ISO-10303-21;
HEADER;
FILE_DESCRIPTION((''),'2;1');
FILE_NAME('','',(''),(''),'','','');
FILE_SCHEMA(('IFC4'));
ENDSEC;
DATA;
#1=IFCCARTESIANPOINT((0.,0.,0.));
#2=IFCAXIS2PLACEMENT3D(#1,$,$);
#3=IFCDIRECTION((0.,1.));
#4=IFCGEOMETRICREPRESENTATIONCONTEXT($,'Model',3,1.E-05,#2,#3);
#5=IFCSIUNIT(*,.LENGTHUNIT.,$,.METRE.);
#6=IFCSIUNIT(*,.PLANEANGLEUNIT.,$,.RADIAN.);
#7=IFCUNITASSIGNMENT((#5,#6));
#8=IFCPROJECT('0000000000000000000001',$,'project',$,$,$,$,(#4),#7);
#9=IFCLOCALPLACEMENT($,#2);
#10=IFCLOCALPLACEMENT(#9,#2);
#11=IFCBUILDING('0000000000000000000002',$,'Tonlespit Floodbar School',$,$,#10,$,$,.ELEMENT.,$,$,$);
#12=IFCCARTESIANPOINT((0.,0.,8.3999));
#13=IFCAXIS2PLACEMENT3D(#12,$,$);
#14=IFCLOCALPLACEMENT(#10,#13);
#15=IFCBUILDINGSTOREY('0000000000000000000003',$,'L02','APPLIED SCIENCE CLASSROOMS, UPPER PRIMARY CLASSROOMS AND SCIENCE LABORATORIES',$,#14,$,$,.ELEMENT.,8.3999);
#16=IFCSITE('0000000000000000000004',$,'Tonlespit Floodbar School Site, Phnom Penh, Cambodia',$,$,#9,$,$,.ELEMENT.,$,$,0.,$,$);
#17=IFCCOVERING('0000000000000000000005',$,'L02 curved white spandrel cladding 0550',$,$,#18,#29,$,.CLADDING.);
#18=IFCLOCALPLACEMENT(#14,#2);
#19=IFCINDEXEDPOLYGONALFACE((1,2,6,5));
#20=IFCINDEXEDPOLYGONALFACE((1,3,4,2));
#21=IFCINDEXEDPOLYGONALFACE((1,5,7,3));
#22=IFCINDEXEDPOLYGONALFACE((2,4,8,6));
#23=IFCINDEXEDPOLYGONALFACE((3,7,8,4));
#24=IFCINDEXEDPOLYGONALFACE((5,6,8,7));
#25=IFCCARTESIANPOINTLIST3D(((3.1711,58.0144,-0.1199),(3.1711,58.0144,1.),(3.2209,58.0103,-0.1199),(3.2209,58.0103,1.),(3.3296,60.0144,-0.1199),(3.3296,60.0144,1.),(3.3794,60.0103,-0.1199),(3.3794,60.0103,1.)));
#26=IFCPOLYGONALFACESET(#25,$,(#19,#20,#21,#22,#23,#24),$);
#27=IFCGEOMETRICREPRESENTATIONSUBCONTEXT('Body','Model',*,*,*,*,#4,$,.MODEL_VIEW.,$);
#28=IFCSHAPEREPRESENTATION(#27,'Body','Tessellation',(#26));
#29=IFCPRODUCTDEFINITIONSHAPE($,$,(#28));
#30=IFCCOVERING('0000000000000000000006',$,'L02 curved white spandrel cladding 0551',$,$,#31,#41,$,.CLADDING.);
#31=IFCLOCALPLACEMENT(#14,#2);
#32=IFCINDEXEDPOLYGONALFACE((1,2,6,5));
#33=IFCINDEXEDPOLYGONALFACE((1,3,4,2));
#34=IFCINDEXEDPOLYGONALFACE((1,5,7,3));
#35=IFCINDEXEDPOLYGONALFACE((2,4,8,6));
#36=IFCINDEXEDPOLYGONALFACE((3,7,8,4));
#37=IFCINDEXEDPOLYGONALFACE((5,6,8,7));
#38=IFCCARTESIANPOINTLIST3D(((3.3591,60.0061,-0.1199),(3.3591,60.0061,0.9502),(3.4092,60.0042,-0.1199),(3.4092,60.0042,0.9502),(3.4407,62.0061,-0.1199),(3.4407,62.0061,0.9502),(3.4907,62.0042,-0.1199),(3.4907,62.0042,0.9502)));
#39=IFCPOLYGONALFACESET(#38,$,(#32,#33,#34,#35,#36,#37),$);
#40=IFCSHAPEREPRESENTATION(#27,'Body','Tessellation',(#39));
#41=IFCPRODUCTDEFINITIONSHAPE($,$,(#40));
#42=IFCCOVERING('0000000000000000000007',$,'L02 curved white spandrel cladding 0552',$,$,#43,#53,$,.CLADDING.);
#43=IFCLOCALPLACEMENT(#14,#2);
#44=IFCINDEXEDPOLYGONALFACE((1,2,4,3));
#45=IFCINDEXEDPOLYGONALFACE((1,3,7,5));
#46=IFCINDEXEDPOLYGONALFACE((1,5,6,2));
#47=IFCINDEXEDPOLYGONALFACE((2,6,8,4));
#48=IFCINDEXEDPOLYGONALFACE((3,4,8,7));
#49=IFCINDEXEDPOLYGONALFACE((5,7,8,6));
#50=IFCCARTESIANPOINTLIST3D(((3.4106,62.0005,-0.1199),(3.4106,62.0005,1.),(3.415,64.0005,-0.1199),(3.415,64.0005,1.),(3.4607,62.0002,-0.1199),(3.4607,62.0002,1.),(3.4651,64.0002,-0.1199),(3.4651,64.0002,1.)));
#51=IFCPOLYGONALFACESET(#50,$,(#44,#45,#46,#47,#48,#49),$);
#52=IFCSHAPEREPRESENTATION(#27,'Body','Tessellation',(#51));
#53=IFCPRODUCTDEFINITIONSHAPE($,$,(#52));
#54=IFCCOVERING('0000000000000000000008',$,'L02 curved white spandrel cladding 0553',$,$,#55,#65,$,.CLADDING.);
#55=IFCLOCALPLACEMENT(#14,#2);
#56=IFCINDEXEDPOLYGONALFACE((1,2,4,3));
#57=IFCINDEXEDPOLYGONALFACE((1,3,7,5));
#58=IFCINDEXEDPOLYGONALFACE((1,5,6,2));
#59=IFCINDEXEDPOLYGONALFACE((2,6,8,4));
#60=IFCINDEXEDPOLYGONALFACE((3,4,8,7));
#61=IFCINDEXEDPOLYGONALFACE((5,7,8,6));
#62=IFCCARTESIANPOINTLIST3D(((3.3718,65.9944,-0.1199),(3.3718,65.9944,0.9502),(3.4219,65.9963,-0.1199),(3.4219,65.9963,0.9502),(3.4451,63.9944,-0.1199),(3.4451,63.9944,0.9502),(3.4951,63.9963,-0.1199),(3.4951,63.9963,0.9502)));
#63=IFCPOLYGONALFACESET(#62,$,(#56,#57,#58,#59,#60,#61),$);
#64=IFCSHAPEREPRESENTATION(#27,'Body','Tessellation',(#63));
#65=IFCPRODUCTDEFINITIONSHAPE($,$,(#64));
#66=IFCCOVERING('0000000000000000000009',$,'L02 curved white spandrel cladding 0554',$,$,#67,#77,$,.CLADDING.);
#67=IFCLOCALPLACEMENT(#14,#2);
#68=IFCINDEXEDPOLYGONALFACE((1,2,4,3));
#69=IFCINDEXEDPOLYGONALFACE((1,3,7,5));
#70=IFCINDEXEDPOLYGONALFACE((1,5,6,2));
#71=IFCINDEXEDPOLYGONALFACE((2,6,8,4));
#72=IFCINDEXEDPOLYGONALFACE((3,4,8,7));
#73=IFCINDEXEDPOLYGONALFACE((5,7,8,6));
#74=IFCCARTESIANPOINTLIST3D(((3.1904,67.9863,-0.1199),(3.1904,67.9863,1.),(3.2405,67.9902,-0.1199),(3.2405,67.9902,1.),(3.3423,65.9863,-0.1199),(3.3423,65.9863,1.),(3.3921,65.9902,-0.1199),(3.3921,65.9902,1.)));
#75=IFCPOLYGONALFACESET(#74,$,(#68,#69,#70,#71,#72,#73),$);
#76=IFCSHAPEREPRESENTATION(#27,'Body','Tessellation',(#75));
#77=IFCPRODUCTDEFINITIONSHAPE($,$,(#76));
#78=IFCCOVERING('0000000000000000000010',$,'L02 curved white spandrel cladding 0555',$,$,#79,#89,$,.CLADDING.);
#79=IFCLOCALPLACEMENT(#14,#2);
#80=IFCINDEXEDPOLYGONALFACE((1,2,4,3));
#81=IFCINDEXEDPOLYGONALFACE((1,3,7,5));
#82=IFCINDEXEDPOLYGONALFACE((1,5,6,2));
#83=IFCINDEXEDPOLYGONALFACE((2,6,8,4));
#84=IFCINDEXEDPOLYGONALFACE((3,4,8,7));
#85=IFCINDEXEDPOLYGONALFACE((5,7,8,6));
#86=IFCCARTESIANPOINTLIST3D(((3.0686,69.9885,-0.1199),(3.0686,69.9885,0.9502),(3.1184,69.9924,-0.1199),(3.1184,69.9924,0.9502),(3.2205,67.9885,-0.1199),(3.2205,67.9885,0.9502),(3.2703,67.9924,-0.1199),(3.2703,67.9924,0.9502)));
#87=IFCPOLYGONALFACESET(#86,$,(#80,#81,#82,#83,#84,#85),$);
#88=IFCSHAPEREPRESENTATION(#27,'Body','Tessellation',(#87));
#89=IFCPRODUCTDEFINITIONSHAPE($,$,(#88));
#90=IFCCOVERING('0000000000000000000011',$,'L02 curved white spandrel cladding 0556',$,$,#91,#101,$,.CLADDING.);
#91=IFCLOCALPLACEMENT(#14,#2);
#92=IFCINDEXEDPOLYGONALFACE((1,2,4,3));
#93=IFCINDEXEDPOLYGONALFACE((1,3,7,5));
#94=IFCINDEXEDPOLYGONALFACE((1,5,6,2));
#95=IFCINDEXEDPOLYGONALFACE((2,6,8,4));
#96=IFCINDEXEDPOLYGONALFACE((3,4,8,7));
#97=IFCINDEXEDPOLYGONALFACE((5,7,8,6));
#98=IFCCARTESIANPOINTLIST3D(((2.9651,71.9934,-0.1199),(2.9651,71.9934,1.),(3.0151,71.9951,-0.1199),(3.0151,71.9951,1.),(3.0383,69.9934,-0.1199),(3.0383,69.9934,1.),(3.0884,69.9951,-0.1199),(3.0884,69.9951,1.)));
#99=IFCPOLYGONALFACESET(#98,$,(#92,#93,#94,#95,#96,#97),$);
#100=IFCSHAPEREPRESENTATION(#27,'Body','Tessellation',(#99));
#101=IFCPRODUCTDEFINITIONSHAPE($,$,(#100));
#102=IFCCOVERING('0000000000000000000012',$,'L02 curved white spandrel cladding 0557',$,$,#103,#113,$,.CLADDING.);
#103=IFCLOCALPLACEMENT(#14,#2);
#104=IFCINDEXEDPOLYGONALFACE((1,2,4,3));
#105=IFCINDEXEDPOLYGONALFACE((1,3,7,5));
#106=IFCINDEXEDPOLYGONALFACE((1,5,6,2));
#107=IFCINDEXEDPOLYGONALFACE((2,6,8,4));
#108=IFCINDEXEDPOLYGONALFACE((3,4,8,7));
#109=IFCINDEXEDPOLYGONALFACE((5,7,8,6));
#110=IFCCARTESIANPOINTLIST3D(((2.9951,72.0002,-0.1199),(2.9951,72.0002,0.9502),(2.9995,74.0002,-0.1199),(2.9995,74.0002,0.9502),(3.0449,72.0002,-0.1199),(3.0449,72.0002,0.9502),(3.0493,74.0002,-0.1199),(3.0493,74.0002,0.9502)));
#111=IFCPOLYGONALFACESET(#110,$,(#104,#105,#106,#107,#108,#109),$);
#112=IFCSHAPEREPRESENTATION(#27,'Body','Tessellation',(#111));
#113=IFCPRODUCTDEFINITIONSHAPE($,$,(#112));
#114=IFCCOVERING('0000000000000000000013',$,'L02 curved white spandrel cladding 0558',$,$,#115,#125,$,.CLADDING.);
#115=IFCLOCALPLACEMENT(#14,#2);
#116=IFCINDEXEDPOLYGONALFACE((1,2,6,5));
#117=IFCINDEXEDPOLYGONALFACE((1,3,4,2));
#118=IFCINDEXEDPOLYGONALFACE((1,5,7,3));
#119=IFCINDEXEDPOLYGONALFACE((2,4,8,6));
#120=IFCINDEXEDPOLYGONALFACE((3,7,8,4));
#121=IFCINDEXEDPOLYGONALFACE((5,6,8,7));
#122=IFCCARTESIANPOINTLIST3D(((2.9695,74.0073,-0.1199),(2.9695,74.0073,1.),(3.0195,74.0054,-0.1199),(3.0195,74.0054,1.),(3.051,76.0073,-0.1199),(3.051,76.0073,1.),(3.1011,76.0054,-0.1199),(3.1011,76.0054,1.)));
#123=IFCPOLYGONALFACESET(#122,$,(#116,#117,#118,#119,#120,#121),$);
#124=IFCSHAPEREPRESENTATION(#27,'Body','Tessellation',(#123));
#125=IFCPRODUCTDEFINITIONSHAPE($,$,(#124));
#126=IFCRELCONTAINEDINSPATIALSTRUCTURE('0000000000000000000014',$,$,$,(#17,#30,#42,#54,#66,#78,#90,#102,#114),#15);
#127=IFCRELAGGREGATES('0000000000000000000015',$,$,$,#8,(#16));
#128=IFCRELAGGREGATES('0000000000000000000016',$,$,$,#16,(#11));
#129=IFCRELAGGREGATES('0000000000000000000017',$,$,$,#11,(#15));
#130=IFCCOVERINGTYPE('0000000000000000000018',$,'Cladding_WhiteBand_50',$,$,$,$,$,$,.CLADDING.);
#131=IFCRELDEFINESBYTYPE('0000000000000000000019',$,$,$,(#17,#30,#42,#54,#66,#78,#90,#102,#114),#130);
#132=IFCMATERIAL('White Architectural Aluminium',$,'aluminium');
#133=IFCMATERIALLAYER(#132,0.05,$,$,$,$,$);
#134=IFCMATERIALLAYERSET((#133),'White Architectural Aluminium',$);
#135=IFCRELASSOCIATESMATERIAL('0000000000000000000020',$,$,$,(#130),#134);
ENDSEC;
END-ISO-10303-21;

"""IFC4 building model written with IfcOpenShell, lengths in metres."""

from ifc_helpers import new_model, si_unit, direction, frame, origin, place, context, subcontext, project, spatial, polyline, outline, extrude, material, layer, layer_set, type_object, element, save


model = new_model("IFC4")

# Units and contexts
model_context = context("Model", 3, precision=1e-05, world=origin(), true_north=direction((0.0, 1.0)))
body_context = subcontext(model_context, "Body", "Model", "MODEL_VIEW")
ifc_project = project(units=[si_unit("LENGTHUNIT", "METRE"), si_unit("PLANEANGLEUNIT", "RADIAN")], contexts=[model_context])

# Site, building, storey
site_placement = place(None, origin())
site = spatial("IfcSite", under=ifc_project, at=site_placement, Name="Tonlespit Floodbar School Site, Phnom Penh, Cambodia", CompositionType="ELEMENT", RefElevation=0.0)
building_placement = place(site_placement, origin())
building = spatial("IfcBuilding", under=site, at=building_placement, Name="Tonlespit Floodbar School", CompositionType="ELEMENT")
storey_placement = place(building_placement, frame((0.0, 0.0, 8.3999)))
storey = spatial("IfcBuildingStorey", under=building, at=storey_placement, Name="L02", Description="APPLIED SCIENCE CLASSROOMS, UPPER PRIMARY CLASSROOMS AND SCIENCE LABORATORIES", CompositionType="ELEMENT", Elevation=8.3999)

# Coverings
ifc_material = material(Name="White Architectural Aluminium", Category="aluminium")
ifc_layer = layer(ifc_material, 0.05)
ifc_layer_set = layer_set([ifc_layer], Name="White Architectural Aluminium")
covering_type = type_object("IfcCoveringType", Name="Cladding_WhiteBand_50", PredefinedType="CLADDING", material=ifc_layer_set)
covering_1_placement = place(storey_placement, frame((0.0, 0.0, -0.1199)))
element("IfcCovering", 1, at=covering_1_placement, inside=storey, type_object=covering_type, Name="L02 curved white spandrel cladding 0550", PredefinedType="CLADDING", context=body_context, shape_type="SweptSolid", body=[
    extrude(outline(polyline([(3.2209, 58.0103), (3.3794, 60.0103), (3.3296, 60.0144), (3.1711, 58.0144), (3.2209, 58.0103)])), origin(), (0.0, 0.0, 1.0), 1.1199),
])
covering_2_placement = place(storey_placement, frame((0.0, 0.0, -0.1199)))
element("IfcCovering", 2, at=covering_2_placement, inside=storey, type_object=covering_type, Name="L02 curved white spandrel cladding 0551", PredefinedType="CLADDING", context=body_context, shape_type="SweptSolid", body=[
    extrude(outline(polyline([(3.4092, 60.0042), (3.4907, 62.0042), (3.4407, 62.0061), (3.3591, 60.0061), (3.4092, 60.0042)])), origin(), (0.0, 0.0, 1.0), 1.0701),
])
covering_3_placement = place(storey_placement, frame((0.0, 0.0, -0.1199)))
element("IfcCovering", 3, at=covering_3_placement, inside=storey, type_object=covering_type, Name="L02 curved white spandrel cladding 0552", PredefinedType="CLADDING", context=body_context, shape_type="SweptSolid", body=[
    extrude(outline(polyline([(3.4607, 62.0002), (3.4651, 64.0002), (3.415, 64.0005), (3.4106, 62.0005), (3.4607, 62.0002)])), origin(), (0.0, 0.0, 1.0), 1.1199),
])
covering_4_placement = place(storey_placement, frame((0.0, 0.0, -0.1199)))
element("IfcCovering", 4, at=covering_4_placement, inside=storey, type_object=covering_type, Name="L02 curved white spandrel cladding 0553", PredefinedType="CLADDING", context=body_context, shape_type="SweptSolid", body=[
    extrude(outline(polyline([(3.4951, 63.9963), (3.4219, 65.9963), (3.3718, 65.9944), (3.4451, 63.9944), (3.4951, 63.9963)])), origin(), (0.0, 0.0, 1.0), 1.0701),
])
covering_5_placement = place(storey_placement, frame((0.0, 0.0, -0.1199)))
element("IfcCovering", 5, at=covering_5_placement, inside=storey, type_object=covering_type, Name="L02 curved white spandrel cladding 0554", PredefinedType="CLADDING", context=body_context, shape_type="SweptSolid", body=[
    extrude(outline(polyline([(3.3921, 65.9902), (3.2405, 67.9902), (3.1904, 67.9863), (3.3423, 65.9863), (3.3921, 65.9902)])), origin(), (0.0, 0.0, 1.0), 1.1199),
])
covering_6_placement = place(storey_placement, frame((0.0, 0.0, -0.1199)))
element("IfcCovering", 6, at=covering_6_placement, inside=storey, type_object=covering_type, Name="L02 curved white spandrel cladding 0555", PredefinedType="CLADDING", context=body_context, shape_type="SweptSolid", body=[
    extrude(outline(polyline([(3.2703, 67.9924), (3.1184, 69.9924), (3.0686, 69.9885), (3.2205, 67.9885), (3.2703, 67.9924)])), origin(), (0.0, 0.0, 1.0), 1.0701),
])
covering_7_placement = place(storey_placement, frame((0.0, 0.0, -0.1199)))
element("IfcCovering", 7, at=covering_7_placement, inside=storey, type_object=covering_type, Name="L02 curved white spandrel cladding 0556", PredefinedType="CLADDING", context=body_context, shape_type="SweptSolid", body=[
    extrude(outline(polyline([(3.0884, 69.9951), (3.0151, 71.9951), (2.9651, 71.9934), (3.0383, 69.9934), (3.0884, 69.9951)])), origin(), (0.0, 0.0, 1.0), 1.1199),
])
covering_8_placement = place(storey_placement, frame((0.0, 0.0, -0.1199)))
element("IfcCovering", 8, at=covering_8_placement, inside=storey, type_object=covering_type, Name="L02 curved white spandrel cladding 0557", PredefinedType="CLADDING", context=body_context, shape_type="SweptSolid", body=[
    extrude(outline(polyline([(3.0449, 72.0002), (3.0493, 74.0002), (2.9995, 74.0002), (2.9951, 72.0002), (3.0449, 72.0002)])), origin(), (0.0, 0.0, 1.0), 1.0701),
])
covering_9_placement = place(storey_placement, frame((0.0, 0.0, -0.1199)))
element("IfcCovering", 9, at=covering_9_placement, inside=storey, type_object=covering_type, Name="L02 curved white spandrel cladding 0558", PredefinedType="CLADDING", context=body_context, shape_type="SweptSolid", body=[
    extrude(outline(polyline([(3.0195, 74.0054), (3.1011, 76.0054), (3.051, 76.0073), (2.9695, 74.0073), (3.0195, 74.0054)])), origin(), (0.0, 0.0, 1.0), 1.1199),
])

save(model, "model.ifc")
